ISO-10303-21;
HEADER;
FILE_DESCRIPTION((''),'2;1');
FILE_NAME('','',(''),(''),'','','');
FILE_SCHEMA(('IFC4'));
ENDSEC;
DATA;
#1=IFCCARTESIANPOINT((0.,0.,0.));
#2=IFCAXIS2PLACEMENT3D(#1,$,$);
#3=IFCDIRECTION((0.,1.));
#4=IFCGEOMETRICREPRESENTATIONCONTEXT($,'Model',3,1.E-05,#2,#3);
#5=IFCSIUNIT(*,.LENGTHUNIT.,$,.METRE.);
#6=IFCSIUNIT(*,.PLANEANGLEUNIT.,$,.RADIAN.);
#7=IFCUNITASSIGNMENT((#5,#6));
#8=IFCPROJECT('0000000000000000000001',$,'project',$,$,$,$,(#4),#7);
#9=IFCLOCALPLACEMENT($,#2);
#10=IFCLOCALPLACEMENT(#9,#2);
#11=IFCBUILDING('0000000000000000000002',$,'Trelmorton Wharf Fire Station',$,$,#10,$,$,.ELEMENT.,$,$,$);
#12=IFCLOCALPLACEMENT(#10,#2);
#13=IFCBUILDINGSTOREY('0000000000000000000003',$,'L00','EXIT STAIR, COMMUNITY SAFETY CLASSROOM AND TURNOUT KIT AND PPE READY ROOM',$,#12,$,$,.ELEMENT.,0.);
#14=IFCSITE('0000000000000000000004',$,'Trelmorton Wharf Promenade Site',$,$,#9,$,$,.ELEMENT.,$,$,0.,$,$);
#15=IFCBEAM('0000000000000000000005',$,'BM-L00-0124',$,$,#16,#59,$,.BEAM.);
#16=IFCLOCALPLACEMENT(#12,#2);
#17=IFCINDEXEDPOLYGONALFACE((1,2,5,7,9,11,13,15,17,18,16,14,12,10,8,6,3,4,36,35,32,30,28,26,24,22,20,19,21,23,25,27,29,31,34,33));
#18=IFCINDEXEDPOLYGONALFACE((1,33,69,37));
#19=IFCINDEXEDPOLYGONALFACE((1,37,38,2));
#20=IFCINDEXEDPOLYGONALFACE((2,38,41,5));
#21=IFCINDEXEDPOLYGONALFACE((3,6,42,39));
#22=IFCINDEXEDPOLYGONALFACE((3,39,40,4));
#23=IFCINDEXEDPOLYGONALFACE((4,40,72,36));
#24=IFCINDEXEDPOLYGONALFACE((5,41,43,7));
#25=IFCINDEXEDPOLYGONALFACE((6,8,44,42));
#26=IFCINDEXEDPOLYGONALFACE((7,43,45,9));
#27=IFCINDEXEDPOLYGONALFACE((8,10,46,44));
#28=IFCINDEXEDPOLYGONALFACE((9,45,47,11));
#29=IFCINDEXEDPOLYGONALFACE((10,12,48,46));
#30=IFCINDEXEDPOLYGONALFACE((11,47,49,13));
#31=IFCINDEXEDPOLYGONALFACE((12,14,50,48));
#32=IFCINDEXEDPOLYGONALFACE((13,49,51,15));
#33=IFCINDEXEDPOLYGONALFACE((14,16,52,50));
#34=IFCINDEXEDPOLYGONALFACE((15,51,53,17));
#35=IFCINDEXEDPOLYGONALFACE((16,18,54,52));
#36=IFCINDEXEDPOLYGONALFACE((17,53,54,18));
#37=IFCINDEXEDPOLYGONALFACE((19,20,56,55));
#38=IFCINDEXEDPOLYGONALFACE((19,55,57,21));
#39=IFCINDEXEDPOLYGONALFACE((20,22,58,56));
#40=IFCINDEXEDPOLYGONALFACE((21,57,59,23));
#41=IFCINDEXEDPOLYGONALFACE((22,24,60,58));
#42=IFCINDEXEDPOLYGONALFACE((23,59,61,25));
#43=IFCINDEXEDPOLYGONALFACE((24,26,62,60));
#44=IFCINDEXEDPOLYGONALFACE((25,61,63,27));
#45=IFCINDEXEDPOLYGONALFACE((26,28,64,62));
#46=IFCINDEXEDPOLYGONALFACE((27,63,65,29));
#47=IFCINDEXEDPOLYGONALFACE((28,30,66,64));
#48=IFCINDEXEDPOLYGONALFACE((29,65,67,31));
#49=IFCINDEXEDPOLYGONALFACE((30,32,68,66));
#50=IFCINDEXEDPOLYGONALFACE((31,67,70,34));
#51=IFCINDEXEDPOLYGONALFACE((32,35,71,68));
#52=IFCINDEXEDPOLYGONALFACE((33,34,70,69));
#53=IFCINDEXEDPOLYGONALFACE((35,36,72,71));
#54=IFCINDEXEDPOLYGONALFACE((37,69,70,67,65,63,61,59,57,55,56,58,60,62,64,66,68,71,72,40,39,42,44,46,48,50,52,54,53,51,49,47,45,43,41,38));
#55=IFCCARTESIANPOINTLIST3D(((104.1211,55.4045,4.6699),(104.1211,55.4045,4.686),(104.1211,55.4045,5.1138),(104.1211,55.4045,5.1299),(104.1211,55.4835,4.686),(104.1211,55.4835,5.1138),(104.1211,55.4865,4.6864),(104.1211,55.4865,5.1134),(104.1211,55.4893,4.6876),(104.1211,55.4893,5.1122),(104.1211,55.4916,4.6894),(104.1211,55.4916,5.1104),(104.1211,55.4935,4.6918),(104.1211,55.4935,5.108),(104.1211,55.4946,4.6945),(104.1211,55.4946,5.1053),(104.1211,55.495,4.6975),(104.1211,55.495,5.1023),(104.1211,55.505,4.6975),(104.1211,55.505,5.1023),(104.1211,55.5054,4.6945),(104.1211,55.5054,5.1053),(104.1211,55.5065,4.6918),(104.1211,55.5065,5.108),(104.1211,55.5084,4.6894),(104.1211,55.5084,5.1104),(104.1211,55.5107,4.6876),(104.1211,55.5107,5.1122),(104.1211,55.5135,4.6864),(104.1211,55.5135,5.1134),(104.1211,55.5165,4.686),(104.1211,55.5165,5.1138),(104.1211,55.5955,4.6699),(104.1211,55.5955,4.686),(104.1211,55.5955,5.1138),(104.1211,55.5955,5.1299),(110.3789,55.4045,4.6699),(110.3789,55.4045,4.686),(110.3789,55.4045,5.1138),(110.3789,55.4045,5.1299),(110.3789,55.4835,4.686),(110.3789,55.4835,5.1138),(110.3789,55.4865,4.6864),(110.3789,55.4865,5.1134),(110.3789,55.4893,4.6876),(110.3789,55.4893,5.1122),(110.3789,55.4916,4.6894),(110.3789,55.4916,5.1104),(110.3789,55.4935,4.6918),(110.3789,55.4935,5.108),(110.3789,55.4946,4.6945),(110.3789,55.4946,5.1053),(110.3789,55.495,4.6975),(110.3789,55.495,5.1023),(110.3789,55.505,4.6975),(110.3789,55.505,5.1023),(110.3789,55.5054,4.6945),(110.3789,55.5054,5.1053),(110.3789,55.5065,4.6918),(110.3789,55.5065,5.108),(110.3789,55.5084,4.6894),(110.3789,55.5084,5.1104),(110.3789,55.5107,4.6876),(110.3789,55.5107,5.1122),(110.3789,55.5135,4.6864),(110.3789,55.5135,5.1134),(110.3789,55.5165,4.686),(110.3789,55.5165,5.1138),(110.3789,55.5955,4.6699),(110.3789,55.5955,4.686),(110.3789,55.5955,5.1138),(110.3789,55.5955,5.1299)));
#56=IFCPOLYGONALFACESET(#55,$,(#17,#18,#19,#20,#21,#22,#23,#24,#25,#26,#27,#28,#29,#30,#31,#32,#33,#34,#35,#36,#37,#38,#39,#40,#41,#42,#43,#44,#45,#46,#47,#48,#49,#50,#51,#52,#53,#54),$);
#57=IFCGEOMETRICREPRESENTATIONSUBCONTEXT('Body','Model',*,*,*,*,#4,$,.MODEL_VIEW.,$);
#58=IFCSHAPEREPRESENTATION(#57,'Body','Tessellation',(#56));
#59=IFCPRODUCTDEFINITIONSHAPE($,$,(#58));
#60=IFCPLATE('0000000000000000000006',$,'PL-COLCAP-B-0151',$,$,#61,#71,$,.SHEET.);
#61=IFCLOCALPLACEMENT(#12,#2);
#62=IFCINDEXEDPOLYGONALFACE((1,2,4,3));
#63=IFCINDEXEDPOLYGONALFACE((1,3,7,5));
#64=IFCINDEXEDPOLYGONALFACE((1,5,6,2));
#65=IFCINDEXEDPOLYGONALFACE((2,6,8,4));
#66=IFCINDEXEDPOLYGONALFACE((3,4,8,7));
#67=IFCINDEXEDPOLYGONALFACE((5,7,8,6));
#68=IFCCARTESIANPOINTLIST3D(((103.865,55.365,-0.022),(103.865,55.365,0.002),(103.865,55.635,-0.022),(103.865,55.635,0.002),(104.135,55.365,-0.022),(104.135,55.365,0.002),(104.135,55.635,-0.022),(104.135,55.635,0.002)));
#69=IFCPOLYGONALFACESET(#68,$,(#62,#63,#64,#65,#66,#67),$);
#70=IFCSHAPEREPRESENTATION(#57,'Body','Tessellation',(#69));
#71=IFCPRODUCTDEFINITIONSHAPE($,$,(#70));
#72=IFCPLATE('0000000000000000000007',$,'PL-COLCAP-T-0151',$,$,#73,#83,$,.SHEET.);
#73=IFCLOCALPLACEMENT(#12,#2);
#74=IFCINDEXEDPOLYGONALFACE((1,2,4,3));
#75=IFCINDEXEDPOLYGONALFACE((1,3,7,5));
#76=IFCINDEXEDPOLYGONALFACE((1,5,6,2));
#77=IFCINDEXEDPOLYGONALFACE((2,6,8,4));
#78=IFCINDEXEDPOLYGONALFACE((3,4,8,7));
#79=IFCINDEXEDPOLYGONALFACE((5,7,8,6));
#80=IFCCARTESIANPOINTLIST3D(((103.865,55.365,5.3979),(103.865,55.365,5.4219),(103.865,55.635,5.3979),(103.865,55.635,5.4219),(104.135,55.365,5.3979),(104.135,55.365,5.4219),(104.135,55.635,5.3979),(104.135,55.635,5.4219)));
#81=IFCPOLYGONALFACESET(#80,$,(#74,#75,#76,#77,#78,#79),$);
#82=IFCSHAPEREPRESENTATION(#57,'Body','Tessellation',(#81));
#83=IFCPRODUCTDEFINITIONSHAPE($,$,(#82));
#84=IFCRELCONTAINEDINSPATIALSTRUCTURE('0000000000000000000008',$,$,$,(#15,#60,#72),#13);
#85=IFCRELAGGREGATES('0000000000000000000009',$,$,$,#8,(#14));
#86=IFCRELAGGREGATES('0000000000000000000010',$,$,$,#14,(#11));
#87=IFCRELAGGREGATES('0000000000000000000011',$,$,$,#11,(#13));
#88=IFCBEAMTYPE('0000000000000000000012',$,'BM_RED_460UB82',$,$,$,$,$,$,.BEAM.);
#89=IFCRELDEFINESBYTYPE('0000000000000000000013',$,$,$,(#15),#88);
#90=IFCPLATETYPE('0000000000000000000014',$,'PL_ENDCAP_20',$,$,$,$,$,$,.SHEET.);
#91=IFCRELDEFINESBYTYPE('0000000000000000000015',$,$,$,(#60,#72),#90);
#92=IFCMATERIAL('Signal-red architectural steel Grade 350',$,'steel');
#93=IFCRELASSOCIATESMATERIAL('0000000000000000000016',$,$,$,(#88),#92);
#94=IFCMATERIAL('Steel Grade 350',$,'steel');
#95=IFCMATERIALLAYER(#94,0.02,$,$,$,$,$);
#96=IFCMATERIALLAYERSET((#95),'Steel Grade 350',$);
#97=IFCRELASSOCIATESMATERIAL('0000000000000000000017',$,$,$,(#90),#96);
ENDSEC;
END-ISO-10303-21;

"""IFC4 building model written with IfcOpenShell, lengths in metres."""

from ifc_helpers import new_model, si_unit, direction, frame, origin, origin_2d, place, context, subcontext, project, spatial, rectangle, i_section, extrude, material, layer, layer_set, material_profile, profile_set, type_object, element, save


model = new_model("IFC4")

# Units and contexts
model_context = context("Model", 3, precision=1e-05, world=origin(), true_north=direction((0.0, 1.0)))
body_context = subcontext(model_context, "Body", "Model", "MODEL_VIEW")
ifc_project = project(units=[si_unit("LENGTHUNIT", "METRE"), si_unit("PLANEANGLEUNIT", "RADIAN")], contexts=[model_context])

# Site, building, storey
site_placement = place(None, origin())
site = spatial("IfcSite", under=ifc_project, at=site_placement, Name="Trelmorton Wharf Promenade Site", CompositionType="ELEMENT", RefElevation=0.0)
building_placement = place(site_placement, origin())
building = spatial("IfcBuilding", under=site, at=building_placement, Name="Trelmorton Wharf Fire Station", CompositionType="ELEMENT")
storey_placement = place(building_placement, origin())
storey = spatial("IfcBuildingStorey", under=building, at=storey_placement, Name="L00", Description="EXIT STAIR, COMMUNITY SAFETY CLASSROOM AND TURNOUT KIT AND PPE READY ROOM", CompositionType="ELEMENT", Elevation=0.0)

# Shared definitions
ifc_material_1 = material(Name="Steel Grade 350", Category="steel")
ifc_material_2 = material(Name="Signal-red architectural steel Grade 350", Category="steel")

# Beam
ifc_material_profile_1 = material_profile(ifc_material_2, i_section(OverallWidth=0.1909, OverallDepth=0.46, WebThickness=0.01, FlangeThickness=0.0161, FilletRadius=0.0115, at=origin_2d()), Name="460UB82.1")
ifc_profile_set_1 = profile_set([ifc_material_profile_1], Name="Signal-red architectural steel Grade 350")
beam_type_1 = type_object("IfcBeamType", Name="BM_RED_460UB82", PredefinedType="BEAM", material=ifc_profile_set_1)
beam_1_placement = place(storey_placement, frame((104.1211, 55.5, 4.8999), z_axis=(1.0, 0.0, 0.0), x_axis=(0.0, 1.0, 0.0)))
element("IfcBeam", 1, at=beam_1_placement, inside=storey, type_object=beam_type_1, Name="BM-L00-0124", PredefinedType="BEAM", context=body_context, shape_type="SweptSolid", body=[
    extrude(i_section(OverallWidth=0.1909, OverallDepth=0.46, WebThickness=0.01, FlangeThickness=0.0161, FilletRadius=0.0115, at=origin_2d()), origin(), (0.0, 0.0, 1.0), 6.2578),
])

# Plates
ifc_layer = layer(ifc_material_1, 0.02)
ifc_layer_set = layer_set([ifc_layer], Name="Steel Grade 350")
plate_type = type_object("IfcPlateType", Name="PL_ENDCAP_20", PredefinedType="SHEET", material=ifc_layer_set)
for number, where, z_axis, x_axis, name in (
    (2, (104.0, 55.5, -0.022), (0.0, 0.0, 1.0), (1.0, 0.0, 0.0), "PL-COLCAP-B-0151"),
    (3, (104.0, 55.5, 5.3979), (0.0, 0.0, 1.0), (1.0, 0.0, 0.0), "PL-COLCAP-T-0151"),
):
    element("IfcPlate", number, at=place(storey_placement, frame(where, z_axis=z_axis, x_axis=x_axis)), inside=storey, type_object=plate_type, Name=name, PredefinedType="SHEET", context=body_context, shape_type="SweptSolid", body=[
        extrude(rectangle(XDim=0.27, YDim=0.27, at=origin_2d()), origin(), (0.0, 0.0, 1.0), 0.0239),
    ])

save(model, "model.ifc")
